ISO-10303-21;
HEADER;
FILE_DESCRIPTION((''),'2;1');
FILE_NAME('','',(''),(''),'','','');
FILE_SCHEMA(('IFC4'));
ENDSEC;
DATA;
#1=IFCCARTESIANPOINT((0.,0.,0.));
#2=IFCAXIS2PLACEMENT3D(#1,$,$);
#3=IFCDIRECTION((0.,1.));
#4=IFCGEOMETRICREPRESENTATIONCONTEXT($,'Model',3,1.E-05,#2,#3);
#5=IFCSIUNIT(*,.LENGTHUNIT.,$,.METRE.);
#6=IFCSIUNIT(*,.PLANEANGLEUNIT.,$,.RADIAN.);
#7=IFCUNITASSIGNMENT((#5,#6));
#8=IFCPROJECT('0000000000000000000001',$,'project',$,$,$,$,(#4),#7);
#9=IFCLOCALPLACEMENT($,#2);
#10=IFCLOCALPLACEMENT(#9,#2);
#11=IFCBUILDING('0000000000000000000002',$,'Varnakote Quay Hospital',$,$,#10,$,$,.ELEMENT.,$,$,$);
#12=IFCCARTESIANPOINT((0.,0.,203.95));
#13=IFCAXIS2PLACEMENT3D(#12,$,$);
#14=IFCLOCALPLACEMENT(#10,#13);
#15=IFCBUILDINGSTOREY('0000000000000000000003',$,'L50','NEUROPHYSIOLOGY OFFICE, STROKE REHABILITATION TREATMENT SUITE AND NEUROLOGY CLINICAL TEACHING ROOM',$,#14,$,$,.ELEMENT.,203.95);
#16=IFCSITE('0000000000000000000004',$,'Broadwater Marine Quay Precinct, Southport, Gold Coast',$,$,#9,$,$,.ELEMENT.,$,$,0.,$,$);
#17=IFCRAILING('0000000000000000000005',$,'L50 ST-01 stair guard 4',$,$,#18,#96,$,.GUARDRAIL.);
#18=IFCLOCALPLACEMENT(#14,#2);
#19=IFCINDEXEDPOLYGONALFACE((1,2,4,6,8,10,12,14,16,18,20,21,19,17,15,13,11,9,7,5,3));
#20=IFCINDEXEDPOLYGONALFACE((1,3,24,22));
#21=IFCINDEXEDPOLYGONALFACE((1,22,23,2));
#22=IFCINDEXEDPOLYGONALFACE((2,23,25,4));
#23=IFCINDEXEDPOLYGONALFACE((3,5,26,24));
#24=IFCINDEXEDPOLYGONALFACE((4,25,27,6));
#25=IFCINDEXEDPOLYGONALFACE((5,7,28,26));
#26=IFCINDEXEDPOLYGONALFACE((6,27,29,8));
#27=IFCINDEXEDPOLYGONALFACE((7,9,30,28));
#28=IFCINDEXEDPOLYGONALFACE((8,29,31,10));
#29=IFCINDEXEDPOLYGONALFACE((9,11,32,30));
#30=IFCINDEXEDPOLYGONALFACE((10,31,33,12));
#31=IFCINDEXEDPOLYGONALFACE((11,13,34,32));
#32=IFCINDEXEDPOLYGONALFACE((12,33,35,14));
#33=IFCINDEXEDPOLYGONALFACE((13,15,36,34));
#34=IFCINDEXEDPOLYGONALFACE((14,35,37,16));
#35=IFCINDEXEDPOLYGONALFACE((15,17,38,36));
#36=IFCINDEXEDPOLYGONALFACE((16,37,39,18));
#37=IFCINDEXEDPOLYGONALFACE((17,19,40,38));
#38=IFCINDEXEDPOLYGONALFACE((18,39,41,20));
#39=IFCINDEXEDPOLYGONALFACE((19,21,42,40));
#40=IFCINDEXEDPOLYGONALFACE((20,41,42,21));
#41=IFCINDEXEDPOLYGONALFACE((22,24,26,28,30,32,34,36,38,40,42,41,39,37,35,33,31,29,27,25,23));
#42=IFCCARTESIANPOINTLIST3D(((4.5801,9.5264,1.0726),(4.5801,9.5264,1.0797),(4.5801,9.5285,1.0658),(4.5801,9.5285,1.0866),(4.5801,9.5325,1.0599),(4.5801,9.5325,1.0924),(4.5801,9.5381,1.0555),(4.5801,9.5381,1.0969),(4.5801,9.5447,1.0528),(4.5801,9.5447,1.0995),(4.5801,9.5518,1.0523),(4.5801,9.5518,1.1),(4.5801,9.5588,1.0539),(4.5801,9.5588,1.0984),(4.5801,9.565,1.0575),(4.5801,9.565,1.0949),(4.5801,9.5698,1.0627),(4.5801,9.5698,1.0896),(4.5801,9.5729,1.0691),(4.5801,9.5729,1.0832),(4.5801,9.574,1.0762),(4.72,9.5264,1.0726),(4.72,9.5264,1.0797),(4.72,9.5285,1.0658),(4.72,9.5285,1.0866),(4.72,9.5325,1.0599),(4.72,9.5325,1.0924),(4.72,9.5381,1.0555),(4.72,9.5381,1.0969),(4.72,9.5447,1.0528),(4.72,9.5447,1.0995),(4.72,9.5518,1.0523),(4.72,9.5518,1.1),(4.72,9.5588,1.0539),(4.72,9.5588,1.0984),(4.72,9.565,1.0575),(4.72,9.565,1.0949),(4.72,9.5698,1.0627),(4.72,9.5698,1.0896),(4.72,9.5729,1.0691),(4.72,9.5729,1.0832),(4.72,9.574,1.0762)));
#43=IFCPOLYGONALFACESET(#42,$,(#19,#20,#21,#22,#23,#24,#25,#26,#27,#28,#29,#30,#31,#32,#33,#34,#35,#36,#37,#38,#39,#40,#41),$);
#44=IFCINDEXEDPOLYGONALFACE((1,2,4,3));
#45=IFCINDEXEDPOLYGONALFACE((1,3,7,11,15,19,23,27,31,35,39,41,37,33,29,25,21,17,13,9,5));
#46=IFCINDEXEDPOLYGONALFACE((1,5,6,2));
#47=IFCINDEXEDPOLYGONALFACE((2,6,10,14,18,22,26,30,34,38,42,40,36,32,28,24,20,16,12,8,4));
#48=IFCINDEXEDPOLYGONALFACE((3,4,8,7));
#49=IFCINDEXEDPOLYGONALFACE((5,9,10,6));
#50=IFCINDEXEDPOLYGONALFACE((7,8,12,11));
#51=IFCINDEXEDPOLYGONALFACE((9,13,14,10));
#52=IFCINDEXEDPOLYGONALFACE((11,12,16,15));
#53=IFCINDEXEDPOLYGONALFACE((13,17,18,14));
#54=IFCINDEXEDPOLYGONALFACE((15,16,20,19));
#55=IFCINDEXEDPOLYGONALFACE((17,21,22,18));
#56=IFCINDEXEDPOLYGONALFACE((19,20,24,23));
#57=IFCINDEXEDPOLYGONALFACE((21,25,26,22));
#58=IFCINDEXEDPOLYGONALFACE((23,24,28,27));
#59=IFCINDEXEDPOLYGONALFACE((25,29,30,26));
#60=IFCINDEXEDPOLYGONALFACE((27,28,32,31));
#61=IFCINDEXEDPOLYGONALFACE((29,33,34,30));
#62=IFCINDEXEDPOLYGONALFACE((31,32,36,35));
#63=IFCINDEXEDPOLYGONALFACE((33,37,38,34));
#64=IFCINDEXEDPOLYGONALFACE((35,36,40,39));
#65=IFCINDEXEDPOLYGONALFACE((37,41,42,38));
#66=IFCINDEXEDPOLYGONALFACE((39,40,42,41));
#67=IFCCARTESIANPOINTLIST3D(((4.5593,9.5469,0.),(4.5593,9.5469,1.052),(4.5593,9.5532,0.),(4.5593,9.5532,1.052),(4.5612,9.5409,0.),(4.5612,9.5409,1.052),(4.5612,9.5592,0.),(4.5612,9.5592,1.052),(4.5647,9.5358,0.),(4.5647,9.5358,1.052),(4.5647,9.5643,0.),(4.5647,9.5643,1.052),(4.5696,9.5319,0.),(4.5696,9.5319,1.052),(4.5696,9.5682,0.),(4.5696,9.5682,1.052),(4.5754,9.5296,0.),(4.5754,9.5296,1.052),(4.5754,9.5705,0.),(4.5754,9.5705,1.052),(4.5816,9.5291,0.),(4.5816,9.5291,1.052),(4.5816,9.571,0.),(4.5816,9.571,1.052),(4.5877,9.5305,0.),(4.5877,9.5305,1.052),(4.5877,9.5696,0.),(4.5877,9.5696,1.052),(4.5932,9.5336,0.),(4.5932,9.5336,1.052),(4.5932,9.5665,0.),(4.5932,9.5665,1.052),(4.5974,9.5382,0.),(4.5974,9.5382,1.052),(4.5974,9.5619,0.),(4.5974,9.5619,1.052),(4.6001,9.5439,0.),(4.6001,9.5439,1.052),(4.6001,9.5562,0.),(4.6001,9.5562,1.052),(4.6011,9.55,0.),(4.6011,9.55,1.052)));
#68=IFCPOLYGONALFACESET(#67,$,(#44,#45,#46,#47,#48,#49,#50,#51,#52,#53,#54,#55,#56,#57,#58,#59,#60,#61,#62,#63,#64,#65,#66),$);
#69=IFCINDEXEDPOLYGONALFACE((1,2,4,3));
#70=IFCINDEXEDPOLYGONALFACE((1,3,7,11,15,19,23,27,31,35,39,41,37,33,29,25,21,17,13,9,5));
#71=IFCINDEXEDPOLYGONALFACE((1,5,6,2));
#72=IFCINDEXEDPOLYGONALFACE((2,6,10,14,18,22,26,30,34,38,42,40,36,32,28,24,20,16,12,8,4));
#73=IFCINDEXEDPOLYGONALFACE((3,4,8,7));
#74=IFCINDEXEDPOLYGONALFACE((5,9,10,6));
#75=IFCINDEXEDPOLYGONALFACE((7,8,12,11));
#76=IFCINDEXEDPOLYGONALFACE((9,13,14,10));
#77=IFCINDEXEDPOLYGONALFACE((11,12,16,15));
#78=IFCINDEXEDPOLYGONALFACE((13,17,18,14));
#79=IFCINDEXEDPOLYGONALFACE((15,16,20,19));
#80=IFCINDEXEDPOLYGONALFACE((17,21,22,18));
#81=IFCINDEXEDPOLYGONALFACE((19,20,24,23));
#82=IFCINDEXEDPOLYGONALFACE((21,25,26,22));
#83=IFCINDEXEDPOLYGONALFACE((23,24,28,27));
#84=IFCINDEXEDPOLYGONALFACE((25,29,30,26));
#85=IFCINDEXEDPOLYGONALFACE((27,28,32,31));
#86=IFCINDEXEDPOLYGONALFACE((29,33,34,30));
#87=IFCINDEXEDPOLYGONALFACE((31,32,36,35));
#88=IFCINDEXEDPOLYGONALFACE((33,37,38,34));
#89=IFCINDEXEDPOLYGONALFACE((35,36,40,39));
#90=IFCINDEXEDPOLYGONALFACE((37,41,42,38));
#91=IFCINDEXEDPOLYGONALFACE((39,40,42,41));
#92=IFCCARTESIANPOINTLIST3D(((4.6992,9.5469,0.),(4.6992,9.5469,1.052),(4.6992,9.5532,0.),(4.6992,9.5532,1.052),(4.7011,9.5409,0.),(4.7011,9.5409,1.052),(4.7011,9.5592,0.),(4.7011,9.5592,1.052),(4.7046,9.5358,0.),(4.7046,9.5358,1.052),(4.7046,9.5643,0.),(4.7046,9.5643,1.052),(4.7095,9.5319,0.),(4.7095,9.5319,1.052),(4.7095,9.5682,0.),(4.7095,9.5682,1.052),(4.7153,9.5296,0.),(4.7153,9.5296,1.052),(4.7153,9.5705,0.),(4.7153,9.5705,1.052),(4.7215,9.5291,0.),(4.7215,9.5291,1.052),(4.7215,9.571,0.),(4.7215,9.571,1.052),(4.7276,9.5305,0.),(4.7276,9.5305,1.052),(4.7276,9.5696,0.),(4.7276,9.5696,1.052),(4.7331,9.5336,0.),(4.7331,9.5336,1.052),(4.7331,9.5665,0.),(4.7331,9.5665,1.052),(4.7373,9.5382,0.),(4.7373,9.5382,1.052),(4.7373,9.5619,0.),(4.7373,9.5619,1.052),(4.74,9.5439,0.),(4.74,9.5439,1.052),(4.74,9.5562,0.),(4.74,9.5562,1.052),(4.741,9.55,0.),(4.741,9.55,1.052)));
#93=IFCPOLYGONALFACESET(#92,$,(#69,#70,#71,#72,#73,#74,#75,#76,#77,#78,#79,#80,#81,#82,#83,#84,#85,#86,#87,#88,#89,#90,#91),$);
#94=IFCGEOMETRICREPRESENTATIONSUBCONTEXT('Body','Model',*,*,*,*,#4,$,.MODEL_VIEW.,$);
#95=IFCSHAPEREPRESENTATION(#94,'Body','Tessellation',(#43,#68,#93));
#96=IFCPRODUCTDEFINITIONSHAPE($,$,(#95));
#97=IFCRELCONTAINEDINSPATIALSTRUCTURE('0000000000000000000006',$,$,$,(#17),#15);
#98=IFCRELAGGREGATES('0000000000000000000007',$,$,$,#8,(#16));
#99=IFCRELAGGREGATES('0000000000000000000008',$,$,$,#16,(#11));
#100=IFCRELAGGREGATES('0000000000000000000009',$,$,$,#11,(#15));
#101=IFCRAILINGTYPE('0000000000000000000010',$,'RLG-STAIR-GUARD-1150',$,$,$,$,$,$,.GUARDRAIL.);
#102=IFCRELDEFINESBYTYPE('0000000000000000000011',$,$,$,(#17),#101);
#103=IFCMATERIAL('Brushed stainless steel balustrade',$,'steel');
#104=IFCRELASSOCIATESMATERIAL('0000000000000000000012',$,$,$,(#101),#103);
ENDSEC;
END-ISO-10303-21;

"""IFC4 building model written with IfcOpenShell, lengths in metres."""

from ifc_helpers import new_model, si_unit, direction, frame, origin, origin_2d, place, context, subcontext, project, spatial, circle, extrude, material, type_object, element, save


model = new_model("IFC4")

# Units and contexts
model_context = context("Model", 3, precision=1e-05, world=origin(), true_north=direction((0.0, 1.0)))
body_context = subcontext(model_context, "Body", "Model", "MODEL_VIEW")
ifc_project = project(units=[si_unit("LENGTHUNIT", "METRE"), si_unit("PLANEANGLEUNIT", "RADIAN")], contexts=[model_context])

# Site, building, storey
site_placement = place(None, origin())
site = spatial("IfcSite", under=ifc_project, at=site_placement, Name="Broadwater Marine Quay Precinct, Southport, Gold Coast", CompositionType="ELEMENT", RefElevation=0.0)
building_placement = place(site_placement, origin())
building = spatial("IfcBuilding", under=site, at=building_placement, Name="Varnakote Quay Hospital", CompositionType="ELEMENT")
storey_placement = place(building_placement, frame((0.0, 0.0, 203.95)))
storey = spatial("IfcBuildingStorey", under=building, at=storey_placement, Name="L50", Description="NEUROPHYSIOLOGY OFFICE, STROKE REHABILITATION TREATMENT SUITE AND NEUROLOGY CLINICAL TEACHING ROOM", CompositionType="ELEMENT", Elevation=203.95)

# Railing
ifc_material_1 = material(Name="Brushed stainless steel balustrade", Category="steel")
railing_type_1 = type_object("IfcRailingType", Name="RLG-STAIR-GUARD-1150", PredefinedType="GUARDRAIL", material=ifc_material_1)
railing_1_placement = place(storey_placement, frame((4.5801, 9.55, 0.0)))
element("IfcRailing", 1, at=railing_1_placement, inside=storey, type_object=railing_type_1, Name="L50 ST-01 stair guard 4", PredefinedType="GUARDRAIL", context=body_context, shape_type="SweptSolid", body=[
    extrude(circle(Radius=0.0239, at=origin_2d()), frame((0.0, 0.0, 1.0762), z_axis=(1.0, 0.0, 0.0), x_axis=(0.0, 1.0, 0.0)), (0.0, 0.0, 1.0), 0.1399),
    extrude(circle(Radius=0.021, at=origin_2d()), origin(), (0.0, 0.0, 1.0), 1.052),
    extrude(circle(Radius=0.021, at=origin_2d()), frame((0.1399, 0.0, 0.0)), (0.0, 0.0, 1.0), 1.052),
])

save(model, "model.ifc")
